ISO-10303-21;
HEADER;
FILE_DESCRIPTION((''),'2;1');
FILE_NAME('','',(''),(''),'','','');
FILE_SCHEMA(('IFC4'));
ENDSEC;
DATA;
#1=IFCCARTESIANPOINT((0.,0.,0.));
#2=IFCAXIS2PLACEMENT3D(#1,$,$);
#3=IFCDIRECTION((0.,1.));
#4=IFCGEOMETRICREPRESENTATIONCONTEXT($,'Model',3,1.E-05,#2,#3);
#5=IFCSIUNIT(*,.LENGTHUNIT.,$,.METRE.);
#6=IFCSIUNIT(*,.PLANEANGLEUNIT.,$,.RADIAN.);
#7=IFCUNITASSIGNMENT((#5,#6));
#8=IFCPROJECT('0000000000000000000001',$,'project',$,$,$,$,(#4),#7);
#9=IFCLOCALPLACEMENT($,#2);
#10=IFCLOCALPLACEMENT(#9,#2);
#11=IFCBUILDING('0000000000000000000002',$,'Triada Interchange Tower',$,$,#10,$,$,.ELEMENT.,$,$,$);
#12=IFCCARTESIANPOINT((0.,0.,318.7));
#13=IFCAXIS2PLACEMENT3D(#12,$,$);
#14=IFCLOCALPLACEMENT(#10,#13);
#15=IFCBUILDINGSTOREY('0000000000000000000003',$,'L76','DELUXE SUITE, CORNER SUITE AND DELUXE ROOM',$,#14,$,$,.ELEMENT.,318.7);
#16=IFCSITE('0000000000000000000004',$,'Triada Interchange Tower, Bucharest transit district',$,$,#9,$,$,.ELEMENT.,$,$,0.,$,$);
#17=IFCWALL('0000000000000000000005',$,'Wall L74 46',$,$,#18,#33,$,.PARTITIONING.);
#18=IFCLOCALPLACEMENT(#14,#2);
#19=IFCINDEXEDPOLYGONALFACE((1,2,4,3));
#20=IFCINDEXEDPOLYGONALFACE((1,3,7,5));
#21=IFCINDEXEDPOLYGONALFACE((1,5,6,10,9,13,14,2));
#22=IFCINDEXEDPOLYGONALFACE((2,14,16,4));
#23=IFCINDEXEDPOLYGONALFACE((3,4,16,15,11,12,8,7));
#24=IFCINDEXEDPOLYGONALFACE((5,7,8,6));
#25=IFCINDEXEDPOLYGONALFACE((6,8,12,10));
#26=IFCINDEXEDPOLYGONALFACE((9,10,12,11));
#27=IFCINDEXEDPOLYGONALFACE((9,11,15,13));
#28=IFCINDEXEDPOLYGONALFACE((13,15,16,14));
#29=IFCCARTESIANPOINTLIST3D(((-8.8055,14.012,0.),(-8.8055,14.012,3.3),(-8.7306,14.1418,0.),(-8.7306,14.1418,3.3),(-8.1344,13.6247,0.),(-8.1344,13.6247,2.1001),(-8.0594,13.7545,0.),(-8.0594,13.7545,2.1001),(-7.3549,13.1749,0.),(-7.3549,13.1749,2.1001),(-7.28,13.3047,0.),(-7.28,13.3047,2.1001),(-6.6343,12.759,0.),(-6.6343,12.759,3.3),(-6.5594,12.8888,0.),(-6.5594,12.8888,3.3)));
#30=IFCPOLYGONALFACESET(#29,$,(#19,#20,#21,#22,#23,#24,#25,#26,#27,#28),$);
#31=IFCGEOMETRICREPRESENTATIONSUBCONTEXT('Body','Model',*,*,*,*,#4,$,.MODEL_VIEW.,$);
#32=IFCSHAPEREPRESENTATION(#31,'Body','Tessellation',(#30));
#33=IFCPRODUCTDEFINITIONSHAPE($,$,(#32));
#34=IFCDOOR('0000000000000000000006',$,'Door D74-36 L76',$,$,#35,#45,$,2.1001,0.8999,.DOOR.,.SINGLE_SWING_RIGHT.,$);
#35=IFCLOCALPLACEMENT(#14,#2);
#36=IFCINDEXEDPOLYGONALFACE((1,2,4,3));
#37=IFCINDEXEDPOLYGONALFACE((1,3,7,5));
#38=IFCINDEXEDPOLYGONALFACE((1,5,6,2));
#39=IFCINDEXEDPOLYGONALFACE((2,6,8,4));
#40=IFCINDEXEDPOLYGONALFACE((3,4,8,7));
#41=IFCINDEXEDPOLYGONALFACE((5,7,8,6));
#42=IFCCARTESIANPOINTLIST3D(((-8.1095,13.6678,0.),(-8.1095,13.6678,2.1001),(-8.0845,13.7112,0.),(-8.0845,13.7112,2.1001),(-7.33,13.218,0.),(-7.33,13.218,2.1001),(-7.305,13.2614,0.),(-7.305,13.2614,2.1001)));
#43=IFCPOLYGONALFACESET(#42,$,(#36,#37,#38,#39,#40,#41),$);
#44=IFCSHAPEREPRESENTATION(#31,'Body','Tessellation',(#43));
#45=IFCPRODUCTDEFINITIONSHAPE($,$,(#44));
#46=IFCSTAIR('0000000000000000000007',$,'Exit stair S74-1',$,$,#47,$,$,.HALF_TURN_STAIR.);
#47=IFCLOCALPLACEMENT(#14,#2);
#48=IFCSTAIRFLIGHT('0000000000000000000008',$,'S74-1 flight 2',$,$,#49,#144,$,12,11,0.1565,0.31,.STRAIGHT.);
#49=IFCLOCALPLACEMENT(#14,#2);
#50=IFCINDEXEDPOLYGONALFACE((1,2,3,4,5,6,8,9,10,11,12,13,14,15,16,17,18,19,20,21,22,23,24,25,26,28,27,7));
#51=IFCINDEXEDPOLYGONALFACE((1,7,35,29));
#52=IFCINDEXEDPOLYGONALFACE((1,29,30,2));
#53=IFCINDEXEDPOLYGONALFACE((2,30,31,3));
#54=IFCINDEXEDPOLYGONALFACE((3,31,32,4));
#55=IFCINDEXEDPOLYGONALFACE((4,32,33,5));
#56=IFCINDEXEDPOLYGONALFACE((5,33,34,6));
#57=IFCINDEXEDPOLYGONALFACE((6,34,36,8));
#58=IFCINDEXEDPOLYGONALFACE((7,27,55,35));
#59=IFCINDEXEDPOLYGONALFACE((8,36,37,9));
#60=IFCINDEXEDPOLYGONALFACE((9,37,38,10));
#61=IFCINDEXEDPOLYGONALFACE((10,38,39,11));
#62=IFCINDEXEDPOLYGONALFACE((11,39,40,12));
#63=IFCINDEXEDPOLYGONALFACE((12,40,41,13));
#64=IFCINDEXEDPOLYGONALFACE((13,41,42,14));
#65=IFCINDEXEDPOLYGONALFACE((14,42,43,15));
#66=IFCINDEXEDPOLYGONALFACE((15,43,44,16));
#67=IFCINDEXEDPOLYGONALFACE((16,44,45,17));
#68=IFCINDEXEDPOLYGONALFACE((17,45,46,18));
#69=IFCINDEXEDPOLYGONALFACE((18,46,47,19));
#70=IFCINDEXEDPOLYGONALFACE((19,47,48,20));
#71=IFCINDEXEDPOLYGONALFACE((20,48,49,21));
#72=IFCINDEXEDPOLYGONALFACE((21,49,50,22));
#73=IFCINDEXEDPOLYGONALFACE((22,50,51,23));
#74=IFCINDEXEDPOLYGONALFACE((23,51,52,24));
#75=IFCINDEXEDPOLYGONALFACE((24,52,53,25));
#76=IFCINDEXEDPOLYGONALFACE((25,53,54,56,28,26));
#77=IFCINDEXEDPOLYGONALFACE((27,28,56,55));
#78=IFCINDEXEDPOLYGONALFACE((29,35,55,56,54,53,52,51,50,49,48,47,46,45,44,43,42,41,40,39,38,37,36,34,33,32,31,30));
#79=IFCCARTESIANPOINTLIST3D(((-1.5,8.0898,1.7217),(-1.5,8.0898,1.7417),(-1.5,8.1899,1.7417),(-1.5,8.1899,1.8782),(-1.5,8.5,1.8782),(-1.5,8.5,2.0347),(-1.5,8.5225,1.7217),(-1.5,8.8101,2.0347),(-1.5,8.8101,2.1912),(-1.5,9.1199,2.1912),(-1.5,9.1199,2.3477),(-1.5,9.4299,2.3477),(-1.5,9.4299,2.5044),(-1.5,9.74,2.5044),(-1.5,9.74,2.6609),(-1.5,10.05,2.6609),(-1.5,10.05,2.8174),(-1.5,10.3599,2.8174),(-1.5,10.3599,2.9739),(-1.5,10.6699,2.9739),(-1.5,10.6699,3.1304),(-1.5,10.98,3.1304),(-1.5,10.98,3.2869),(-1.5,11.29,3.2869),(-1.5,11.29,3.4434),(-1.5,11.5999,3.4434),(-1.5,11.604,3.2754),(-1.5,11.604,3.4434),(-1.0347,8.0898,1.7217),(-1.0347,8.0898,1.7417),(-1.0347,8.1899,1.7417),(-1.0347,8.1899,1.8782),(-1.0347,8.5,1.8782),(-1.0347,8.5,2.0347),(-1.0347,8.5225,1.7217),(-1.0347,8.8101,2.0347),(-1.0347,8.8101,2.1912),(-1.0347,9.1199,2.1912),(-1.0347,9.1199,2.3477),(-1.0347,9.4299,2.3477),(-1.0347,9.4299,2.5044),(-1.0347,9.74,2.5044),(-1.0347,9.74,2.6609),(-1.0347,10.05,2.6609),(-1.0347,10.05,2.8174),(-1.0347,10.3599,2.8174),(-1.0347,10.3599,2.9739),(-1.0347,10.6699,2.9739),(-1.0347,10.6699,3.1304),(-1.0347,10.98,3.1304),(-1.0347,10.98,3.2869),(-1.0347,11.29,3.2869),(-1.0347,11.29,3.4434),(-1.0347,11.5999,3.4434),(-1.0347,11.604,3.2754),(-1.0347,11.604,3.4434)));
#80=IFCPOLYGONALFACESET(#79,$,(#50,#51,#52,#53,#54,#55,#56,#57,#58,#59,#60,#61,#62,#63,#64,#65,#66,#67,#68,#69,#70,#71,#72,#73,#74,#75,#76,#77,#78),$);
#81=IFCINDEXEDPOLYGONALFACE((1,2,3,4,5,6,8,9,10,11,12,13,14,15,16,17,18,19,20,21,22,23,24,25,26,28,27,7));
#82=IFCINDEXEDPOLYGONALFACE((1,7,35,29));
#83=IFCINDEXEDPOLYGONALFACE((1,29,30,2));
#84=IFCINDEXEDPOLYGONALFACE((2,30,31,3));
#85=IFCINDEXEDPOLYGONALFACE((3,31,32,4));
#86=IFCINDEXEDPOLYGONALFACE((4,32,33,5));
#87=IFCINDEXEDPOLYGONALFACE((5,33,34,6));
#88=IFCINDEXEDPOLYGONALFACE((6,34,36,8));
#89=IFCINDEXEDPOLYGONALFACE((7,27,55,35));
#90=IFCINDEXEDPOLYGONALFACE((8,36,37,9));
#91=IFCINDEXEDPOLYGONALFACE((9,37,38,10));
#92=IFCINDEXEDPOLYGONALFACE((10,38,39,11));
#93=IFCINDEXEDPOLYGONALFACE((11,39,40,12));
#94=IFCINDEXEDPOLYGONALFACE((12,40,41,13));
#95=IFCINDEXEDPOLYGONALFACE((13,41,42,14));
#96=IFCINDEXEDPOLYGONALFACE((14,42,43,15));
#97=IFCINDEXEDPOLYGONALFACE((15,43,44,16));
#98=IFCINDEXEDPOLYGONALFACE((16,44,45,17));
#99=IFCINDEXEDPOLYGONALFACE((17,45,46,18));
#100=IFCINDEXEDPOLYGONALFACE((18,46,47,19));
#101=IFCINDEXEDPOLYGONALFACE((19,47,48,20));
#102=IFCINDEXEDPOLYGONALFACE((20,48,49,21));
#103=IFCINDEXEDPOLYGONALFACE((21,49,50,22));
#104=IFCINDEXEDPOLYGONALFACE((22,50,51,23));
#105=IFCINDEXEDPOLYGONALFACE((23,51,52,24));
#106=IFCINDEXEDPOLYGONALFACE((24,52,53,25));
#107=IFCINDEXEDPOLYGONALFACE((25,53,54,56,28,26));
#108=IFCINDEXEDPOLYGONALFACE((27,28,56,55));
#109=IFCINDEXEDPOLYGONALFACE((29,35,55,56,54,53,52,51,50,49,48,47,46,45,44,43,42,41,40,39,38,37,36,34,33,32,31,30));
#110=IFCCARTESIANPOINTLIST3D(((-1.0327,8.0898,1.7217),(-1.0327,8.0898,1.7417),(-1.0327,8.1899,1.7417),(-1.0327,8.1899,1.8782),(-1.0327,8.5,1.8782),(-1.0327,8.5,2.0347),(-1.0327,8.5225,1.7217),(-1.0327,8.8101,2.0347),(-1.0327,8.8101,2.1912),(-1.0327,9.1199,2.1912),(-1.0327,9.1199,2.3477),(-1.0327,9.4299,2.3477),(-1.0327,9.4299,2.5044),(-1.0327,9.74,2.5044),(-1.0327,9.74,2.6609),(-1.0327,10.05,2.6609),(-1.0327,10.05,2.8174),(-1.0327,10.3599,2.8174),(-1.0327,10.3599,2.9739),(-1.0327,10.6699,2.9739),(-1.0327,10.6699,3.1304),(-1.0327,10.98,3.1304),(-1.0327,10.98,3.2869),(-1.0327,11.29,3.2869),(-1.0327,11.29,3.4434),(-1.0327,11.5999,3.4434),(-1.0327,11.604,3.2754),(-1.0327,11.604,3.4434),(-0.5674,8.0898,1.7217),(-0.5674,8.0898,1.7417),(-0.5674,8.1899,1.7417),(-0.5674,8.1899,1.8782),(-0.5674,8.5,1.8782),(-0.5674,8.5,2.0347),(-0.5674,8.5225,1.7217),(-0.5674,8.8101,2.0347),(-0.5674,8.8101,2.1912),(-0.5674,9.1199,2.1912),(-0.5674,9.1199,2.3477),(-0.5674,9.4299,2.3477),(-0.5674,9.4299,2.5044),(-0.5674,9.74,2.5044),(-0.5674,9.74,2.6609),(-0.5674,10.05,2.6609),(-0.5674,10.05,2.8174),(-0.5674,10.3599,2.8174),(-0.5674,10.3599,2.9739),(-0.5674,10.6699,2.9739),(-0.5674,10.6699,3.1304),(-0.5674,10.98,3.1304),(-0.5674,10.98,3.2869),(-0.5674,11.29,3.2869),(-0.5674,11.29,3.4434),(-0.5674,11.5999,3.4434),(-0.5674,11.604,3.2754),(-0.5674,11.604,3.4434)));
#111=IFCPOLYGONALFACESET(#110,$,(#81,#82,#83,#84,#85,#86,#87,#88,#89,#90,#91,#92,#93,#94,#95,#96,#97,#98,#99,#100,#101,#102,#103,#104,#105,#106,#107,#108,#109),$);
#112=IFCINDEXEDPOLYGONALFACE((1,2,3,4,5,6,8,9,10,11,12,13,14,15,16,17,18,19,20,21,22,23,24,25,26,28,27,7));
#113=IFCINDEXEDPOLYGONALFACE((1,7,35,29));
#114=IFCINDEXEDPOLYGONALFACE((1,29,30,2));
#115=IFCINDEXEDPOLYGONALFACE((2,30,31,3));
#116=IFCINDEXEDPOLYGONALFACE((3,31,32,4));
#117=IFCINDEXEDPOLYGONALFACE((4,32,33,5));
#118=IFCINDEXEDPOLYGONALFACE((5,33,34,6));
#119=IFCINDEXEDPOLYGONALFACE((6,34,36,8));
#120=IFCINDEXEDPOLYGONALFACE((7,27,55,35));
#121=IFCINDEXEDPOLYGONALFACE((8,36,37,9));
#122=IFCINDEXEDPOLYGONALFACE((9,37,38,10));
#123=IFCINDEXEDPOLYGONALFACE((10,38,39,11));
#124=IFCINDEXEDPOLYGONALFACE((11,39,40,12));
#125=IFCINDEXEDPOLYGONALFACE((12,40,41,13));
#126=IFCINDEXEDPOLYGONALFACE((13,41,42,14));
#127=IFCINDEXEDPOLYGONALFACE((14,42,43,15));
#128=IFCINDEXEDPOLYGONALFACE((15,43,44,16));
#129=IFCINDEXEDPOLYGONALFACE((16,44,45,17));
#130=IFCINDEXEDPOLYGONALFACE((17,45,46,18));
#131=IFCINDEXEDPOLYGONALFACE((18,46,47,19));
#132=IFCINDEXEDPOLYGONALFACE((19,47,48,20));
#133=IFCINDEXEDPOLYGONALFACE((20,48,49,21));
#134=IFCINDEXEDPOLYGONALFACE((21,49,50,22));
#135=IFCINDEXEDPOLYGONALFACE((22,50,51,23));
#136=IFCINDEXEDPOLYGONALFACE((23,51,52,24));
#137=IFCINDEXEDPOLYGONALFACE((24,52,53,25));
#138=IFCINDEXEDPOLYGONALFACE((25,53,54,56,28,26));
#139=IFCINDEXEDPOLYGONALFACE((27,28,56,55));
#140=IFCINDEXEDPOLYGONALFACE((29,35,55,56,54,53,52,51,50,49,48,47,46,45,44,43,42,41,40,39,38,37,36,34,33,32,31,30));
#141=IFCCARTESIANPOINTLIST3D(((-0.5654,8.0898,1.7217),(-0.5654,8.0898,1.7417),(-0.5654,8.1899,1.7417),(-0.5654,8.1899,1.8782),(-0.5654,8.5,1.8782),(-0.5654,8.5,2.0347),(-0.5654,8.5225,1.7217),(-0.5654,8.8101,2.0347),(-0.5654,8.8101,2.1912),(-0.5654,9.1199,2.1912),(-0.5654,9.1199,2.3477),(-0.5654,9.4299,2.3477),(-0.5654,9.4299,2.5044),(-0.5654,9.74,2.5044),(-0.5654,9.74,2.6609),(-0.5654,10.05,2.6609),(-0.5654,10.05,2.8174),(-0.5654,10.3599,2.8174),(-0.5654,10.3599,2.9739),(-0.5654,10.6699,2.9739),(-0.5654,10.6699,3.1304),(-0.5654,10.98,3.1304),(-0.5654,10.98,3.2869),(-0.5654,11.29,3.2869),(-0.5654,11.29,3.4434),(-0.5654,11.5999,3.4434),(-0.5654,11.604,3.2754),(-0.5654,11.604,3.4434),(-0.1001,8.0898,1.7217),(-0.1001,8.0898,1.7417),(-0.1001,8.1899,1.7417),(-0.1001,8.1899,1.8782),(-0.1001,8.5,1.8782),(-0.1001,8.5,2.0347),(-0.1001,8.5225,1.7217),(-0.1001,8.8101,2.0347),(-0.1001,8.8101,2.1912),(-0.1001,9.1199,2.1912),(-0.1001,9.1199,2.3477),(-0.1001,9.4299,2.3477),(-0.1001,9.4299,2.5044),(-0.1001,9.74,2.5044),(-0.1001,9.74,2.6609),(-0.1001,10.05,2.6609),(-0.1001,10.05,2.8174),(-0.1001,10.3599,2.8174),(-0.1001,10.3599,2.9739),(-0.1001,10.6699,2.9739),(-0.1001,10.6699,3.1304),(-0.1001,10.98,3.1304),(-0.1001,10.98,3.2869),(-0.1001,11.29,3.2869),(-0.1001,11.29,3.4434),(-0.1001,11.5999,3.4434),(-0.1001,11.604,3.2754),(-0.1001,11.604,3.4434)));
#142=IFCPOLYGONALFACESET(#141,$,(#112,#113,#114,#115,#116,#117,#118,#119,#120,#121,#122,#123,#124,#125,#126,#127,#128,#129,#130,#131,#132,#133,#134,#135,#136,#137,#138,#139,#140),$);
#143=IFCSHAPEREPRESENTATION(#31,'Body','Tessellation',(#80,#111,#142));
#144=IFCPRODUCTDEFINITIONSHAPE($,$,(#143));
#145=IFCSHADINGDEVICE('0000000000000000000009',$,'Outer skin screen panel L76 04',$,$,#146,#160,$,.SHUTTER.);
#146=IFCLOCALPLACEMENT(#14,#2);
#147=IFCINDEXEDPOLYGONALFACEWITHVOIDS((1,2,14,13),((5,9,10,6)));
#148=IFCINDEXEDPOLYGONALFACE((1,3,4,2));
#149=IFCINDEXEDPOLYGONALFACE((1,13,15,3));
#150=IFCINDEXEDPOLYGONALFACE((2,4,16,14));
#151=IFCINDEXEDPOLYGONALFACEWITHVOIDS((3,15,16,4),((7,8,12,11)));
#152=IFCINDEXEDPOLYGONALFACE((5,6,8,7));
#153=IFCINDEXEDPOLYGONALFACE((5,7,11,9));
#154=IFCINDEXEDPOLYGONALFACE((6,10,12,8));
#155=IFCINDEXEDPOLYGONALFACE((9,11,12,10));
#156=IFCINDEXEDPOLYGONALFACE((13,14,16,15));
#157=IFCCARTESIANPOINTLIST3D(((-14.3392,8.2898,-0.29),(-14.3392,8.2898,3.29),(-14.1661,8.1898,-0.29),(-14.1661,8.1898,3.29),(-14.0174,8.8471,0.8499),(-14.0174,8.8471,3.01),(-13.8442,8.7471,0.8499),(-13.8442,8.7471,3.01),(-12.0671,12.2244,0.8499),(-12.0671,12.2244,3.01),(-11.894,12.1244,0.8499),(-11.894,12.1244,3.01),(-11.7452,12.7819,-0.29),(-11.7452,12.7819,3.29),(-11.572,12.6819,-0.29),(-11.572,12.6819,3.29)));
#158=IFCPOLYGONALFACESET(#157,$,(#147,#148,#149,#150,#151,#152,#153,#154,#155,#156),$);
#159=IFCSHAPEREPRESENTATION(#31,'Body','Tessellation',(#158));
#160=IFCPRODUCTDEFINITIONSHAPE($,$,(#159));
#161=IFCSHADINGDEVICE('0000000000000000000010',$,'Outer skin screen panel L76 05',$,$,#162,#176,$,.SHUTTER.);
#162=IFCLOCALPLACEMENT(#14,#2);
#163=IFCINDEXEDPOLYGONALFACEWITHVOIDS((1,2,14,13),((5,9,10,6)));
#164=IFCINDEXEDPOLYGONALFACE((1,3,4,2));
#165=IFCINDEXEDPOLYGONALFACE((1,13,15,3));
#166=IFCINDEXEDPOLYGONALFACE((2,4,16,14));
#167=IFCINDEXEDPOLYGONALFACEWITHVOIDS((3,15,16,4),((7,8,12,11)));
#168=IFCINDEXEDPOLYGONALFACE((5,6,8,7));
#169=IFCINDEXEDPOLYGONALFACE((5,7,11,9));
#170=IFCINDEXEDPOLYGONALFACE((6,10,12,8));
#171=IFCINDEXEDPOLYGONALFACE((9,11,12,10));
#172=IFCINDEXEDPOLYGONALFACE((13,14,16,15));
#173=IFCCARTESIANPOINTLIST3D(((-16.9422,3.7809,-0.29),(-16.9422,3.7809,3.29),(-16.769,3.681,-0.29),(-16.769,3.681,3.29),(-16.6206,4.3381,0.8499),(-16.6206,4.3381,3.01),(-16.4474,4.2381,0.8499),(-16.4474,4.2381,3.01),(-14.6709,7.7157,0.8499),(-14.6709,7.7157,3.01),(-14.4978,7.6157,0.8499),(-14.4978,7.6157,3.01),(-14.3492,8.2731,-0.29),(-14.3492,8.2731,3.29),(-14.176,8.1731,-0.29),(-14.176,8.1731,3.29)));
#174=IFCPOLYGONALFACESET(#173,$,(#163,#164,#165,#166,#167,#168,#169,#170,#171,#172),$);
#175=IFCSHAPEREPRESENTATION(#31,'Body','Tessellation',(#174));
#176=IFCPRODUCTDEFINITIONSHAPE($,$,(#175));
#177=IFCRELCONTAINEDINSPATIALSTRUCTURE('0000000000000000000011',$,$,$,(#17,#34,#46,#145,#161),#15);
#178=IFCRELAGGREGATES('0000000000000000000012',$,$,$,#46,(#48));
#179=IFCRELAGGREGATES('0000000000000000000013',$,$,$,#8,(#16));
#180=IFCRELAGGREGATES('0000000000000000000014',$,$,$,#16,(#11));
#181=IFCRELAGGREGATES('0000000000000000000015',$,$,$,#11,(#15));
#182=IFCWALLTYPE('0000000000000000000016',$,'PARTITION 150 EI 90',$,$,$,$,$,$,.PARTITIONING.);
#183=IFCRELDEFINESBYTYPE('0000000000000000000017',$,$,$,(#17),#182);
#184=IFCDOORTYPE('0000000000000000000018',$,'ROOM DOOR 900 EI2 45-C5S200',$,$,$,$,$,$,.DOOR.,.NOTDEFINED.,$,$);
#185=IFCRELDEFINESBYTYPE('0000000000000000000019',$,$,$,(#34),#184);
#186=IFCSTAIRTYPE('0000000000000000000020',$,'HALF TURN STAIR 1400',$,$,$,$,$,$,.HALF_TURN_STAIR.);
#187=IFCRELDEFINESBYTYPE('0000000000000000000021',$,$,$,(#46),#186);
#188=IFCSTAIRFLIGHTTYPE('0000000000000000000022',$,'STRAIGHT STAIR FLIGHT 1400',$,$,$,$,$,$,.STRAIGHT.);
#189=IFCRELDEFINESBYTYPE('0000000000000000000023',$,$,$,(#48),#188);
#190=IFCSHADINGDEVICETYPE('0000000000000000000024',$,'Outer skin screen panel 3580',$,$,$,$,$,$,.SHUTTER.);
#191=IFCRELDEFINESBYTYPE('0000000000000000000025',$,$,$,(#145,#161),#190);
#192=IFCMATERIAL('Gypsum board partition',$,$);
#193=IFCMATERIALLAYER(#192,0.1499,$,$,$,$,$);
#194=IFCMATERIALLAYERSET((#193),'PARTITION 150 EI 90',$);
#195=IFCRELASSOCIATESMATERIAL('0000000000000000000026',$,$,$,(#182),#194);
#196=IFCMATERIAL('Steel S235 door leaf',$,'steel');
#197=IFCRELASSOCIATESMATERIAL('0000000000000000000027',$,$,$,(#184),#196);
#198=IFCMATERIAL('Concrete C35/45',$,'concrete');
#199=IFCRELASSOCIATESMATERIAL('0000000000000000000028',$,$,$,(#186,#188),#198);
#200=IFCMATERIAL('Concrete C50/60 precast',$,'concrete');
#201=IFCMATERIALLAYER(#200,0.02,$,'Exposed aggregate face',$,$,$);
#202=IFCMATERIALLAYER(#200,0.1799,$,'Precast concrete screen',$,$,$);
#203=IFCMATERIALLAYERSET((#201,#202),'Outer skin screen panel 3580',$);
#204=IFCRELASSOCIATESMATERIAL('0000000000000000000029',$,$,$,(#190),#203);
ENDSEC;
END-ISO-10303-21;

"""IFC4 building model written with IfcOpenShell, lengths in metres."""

from ifc_helpers import new_model, si_unit, direction, frame, frame_2d, origin, place, context, subcontext, project, spatial, polyline, rectangle, outline, extrude, material, layer, layer_set, type_object, element, fill, aggregate, save


model = new_model("IFC4")

# Units and contexts
model_context = context("Model", 3, precision=1e-05, world=origin(), true_north=direction((0.0, 1.0)))
body_context = subcontext(model_context, "Body", "Model", "MODEL_VIEW")
ifc_project = project(units=[si_unit("LENGTHUNIT", "METRE"), si_unit("PLANEANGLEUNIT", "RADIAN")], contexts=[model_context])

# Site, building, storey
site_placement = place(None, origin())
site = spatial("IfcSite", under=ifc_project, at=site_placement, Name="Triada Interchange Tower, Bucharest transit district", CompositionType="ELEMENT", RefElevation=0.0)
building_placement = place(site_placement, origin())
building = spatial("IfcBuilding", under=site, at=building_placement, Name="Triada Interchange Tower", CompositionType="ELEMENT")
storey_placement = place(building_placement, frame((0.0, 0.0, 318.7)))
storey = spatial("IfcBuildingStorey", under=building, at=storey_placement, Name="L76", Description="DELUXE SUITE, CORNER SUITE AND DELUXE ROOM", CompositionType="ELEMENT", Elevation=318.7)

# Shared definitions
ifc_material_1 = material(Name="Steel S235 door leaf", Category="steel")

# Shared definitions
ifc_material_2 = material(Name="Gypsum board partition")
ifc_layer_1 = layer(ifc_material_2, 0.1499)
ifc_layer_set_1 = layer_set([ifc_layer_1], Name="PARTITION 150 EI 90")
wall_type_1 = type_object("IfcWallType", Name="PARTITION 150 EI 90", PredefinedType="PARTITIONING", material=ifc_layer_set_1)

# Wall, opening, door
door_type_1 = type_object("IfcDoorType", Name="ROOM DOOR 900 EI2 45-C5S200", OperationType="NOTDEFINED", PredefinedType="DOOR", material=ifc_material_1)
wall_1_placement = place(storey_placement, frame((-8.7681, 14.0769, 0.0), z_axis=(0.0, 0.0, 1.0), x_axis=(0.866126, -0.499826, 0.0)))
wall_1 = element("IfcWall", 1, at=wall_1_placement, inside=storey, type_object=wall_type_1, Name="Wall L74 46", PredefinedType="PARTITIONING", context=body_context, shape_type="SweptSolid", body=[
    extrude(rectangle(XDim=2.5068, YDim=0.1499, at=frame_2d((1.2534, 0.0))), origin(), (0.0, 0.0, 1.0), 3.3),
])
opening_1_placement = place(wall_1_placement, frame((0.7749, 0.0, 0.0)))
opening_1 = element("IfcOpeningElement", 2, at=opening_1_placement, cuts=wall_1, PredefinedType="OPENING", context=body_context, shape_type="SweptSolid", body=[
    extrude(rectangle(XDim=0.8999, YDim=2.1001, at=frame_2d((0.45, 1.05))), frame((0.0, 0.085, 0.0), z_axis=(0.0, -1.0, 0.0), x_axis=(1.0, 0.0, 0.0)), (0.0, 0.0, 1.0), 0.1699),
])
door_1_placement = place(opening_1_placement, origin())
door_1 = element("IfcDoor", 3, at=door_1_placement, inside=storey, type_object=door_type_1, Name="Door D74-36 L76", OperationType="SINGLE_SWING_RIGHT", OverallHeight=2.1001, OverallWidth=0.8999, PredefinedType="DOOR", context=body_context, shape_type="SweptSolid", body=[
    extrude(rectangle(XDim=0.8999, YDim=2.1001, at=frame_2d((0.45, 1.05))), frame((0.0, 0.0249, 0.0), z_axis=(0.0, -1.0, 0.0), x_axis=(1.0, 0.0, 0.0)), (0.0, 0.0, 1.0), 0.05),
])
fill(opening_1, door_1)

# Stair, stair flight
ifc_material_3 = material(Name="Concrete C35/45", Category="concrete")
stair_type = type_object("IfcStairType", Name="HALF TURN STAIR 1400", PredefinedType="HALF_TURN_STAIR", material=ifc_material_3)
stair_placement = place(storey_placement, origin())
stair = element("IfcStair", 4, at=stair_placement, inside=storey, type_object=stair_type, Name="Exit stair S74-1", PredefinedType="HALF_TURN_STAIR")
stair_flight_type = type_object("IfcStairFlightType", Name="STRAIGHT STAIR FLIGHT 1400", PredefinedType="STRAIGHT", material=ifc_material_3)
stair_flight_placement = place(storey_placement, frame((-0.8, 8.1899, 1.7217), z_axis=(0.0, 0.0, 1.0), x_axis=(0.0, 1.0, 0.0)))
stair_flight = element("IfcStairFlight", 5, at=stair_flight_placement, type_object=stair_flight_type, Name="S74-1 flight 2", NumberOfRisers=12, NumberOfTreads=11, PredefinedType="STRAIGHT", RiserHeight=0.1565, TreadLength=0.31, context=body_context, shape_type="SweptSolid", body=[
    extrude(outline(polyline([(-0.1001, 0.0), (-0.1001, 0.02), (0.0, 0.02), (0.0, 0.1565), (0.3101, 0.1565), (0.3101, 0.313), (0.6201, 0.313), (0.6201, 0.4695), (0.9299, 0.4695), (0.9299, 0.626), (1.24, 0.626), (1.24, 0.7827), (1.55, 0.7827), (1.55, 0.9392), (1.8601, 0.9392), (1.8601, 1.0957), (2.1699, 1.0957), (2.1699, 1.2522), (2.48, 1.2522), (2.48, 1.4087), (2.79, 1.4087), (2.79, 1.5652), (3.1001, 1.5652), (3.1001, 1.7217), (3.4099, 1.7217), (3.4141, 1.7217), (3.4141, 1.8782), (3.4141, 1.5537), (0.3325, 0.0), (-0.1001, 0.0)])), frame((0.0, 0.7, 0.0), z_axis=(0.0, -1.0, 0.0), x_axis=(1.0, 0.0, 0.0)), (0.0, 0.0, 1.0), 0.4653),
    extrude(outline(polyline([(-0.1001, 0.0), (-0.1001, 0.02), (0.0, 0.02), (0.0, 0.1565), (0.3101, 0.1565), (0.3101, 0.313), (0.6201, 0.313), (0.6201, 0.4695), (0.9299, 0.4695), (0.9299, 0.626), (1.24, 0.626), (1.24, 0.7827), (1.55, 0.7827), (1.55, 0.9392), (1.8601, 0.9392), (1.8601, 1.0957), (2.1699, 1.0957), (2.1699, 1.2522), (2.48, 1.2522), (2.48, 1.4087), (2.79, 1.4087), (2.79, 1.5652), (3.1001, 1.5652), (3.1001, 1.7217), (3.4099, 1.7217), (3.4141, 1.7217), (3.4141, 1.8782), (3.4141, 1.5537), (0.3325, 0.0), (-0.1001, 0.0)])), frame((0.0, 0.2327, 0.0), z_axis=(0.0, -1.0, 0.0), x_axis=(1.0, 0.0, 0.0)), (0.0, 0.0, 1.0), 0.4653),
    extrude(outline(polyline([(-0.1001, 0.0), (-0.1001, 0.02), (0.0, 0.02), (0.0, 0.1565), (0.3101, 0.1565), (0.3101, 0.313), (0.6201, 0.313), (0.6201, 0.4695), (0.9299, 0.4695), (0.9299, 0.626), (1.24, 0.626), (1.24, 0.7827), (1.55, 0.7827), (1.55, 0.9392), (1.8601, 0.9392), (1.8601, 1.0957), (2.1699, 1.0957), (2.1699, 1.2522), (2.48, 1.2522), (2.48, 1.4087), (2.79, 1.4087), (2.79, 1.5652), (3.1001, 1.5652), (3.1001, 1.7217), (3.4099, 1.7217), (3.4141, 1.7217), (3.4141, 1.8782), (3.4141, 1.5537), (0.3325, 0.0), (-0.1001, 0.0)])), frame((0.0, -0.2346, 0.0), z_axis=(0.0, -1.0, 0.0), x_axis=(1.0, 0.0, 0.0)), (0.0, 0.0, 1.0), 0.4653),
])

# Shading devices
ifc_material_4 = material(Name="Concrete C50/60 precast", Category="concrete")
ifc_layer_2 = layer(ifc_material_4, 0.02, Name="Exposed aggregate face")
ifc_layer_3 = layer(ifc_material_4, 0.1799, Name="Precast concrete screen")
ifc_layer_set_2 = layer_set([ifc_layer_2, ifc_layer_3], Name="Outer skin screen panel 3580")
shading_device_type = type_object("IfcShadingDeviceType", Name="Outer skin screen panel 3580", PredefinedType="SHUTTER", material=ifc_layer_set_2)
shading_device_1_placement = place(storey_placement, frame((-11.572, 12.6819, -0.29), z_axis=(0.0, 0.0, 1.0), x_axis=(-0.500082, -0.865978, 0.0)))
element("IfcShadingDevice", 6, at=shading_device_1_placement, inside=storey, type_object=shading_device_type, Name="Outer skin screen panel L76 04", PredefinedType="SHUTTER", context=body_context, shape_type="SweptSolid", body=[
    extrude(outline(polyline([(0.0, 0.0), (5.1873, 0.0), (5.1873, 3.5801), (0.0, 3.5801), (0.0, 0.0)]), holes=[polyline([(0.6438, 1.1399), (0.6438, 3.3), (4.5437, 3.3), (4.5437, 1.1399), (0.6438, 1.1399)])]), frame((0.0, 0.0, 0.0), z_axis=(0.0, -1.0, 0.0), x_axis=(1.0, 0.0, 0.0)), (0.0, 0.0, 1.0), 0.2),
])
shading_device_2_placement = place(storey_placement, frame((-14.176, 8.1731, -0.29), z_axis=(0.0, 0.0, 1.0), x_axis=(-0.499921, -0.866071, 0.0)))
element("IfcShadingDevice", 7, at=shading_device_2_placement, inside=storey, type_object=shading_device_type, Name="Outer skin screen panel L76 05", PredefinedType="SHUTTER", context=body_context, shape_type="SweptSolid", body=[
    extrude(outline(polyline([(0.0, 0.0), (5.1868, 0.0), (5.1868, 3.5801), (0.0, 3.5801), (0.0, 0.0)]), holes=[polyline([(0.6436, 1.1399), (0.6436, 3.3), (4.5435, 3.3), (4.5435, 1.1399), (0.6436, 1.1399)])]), frame((0.0, 0.0, 0.0), z_axis=(0.0, -1.0, 0.0), x_axis=(1.0, 0.0, 0.0)), (0.0, 0.0, 1.0), 0.2),
])

aggregate(stair, [stair_flight])

save(model, "model.ifc")
